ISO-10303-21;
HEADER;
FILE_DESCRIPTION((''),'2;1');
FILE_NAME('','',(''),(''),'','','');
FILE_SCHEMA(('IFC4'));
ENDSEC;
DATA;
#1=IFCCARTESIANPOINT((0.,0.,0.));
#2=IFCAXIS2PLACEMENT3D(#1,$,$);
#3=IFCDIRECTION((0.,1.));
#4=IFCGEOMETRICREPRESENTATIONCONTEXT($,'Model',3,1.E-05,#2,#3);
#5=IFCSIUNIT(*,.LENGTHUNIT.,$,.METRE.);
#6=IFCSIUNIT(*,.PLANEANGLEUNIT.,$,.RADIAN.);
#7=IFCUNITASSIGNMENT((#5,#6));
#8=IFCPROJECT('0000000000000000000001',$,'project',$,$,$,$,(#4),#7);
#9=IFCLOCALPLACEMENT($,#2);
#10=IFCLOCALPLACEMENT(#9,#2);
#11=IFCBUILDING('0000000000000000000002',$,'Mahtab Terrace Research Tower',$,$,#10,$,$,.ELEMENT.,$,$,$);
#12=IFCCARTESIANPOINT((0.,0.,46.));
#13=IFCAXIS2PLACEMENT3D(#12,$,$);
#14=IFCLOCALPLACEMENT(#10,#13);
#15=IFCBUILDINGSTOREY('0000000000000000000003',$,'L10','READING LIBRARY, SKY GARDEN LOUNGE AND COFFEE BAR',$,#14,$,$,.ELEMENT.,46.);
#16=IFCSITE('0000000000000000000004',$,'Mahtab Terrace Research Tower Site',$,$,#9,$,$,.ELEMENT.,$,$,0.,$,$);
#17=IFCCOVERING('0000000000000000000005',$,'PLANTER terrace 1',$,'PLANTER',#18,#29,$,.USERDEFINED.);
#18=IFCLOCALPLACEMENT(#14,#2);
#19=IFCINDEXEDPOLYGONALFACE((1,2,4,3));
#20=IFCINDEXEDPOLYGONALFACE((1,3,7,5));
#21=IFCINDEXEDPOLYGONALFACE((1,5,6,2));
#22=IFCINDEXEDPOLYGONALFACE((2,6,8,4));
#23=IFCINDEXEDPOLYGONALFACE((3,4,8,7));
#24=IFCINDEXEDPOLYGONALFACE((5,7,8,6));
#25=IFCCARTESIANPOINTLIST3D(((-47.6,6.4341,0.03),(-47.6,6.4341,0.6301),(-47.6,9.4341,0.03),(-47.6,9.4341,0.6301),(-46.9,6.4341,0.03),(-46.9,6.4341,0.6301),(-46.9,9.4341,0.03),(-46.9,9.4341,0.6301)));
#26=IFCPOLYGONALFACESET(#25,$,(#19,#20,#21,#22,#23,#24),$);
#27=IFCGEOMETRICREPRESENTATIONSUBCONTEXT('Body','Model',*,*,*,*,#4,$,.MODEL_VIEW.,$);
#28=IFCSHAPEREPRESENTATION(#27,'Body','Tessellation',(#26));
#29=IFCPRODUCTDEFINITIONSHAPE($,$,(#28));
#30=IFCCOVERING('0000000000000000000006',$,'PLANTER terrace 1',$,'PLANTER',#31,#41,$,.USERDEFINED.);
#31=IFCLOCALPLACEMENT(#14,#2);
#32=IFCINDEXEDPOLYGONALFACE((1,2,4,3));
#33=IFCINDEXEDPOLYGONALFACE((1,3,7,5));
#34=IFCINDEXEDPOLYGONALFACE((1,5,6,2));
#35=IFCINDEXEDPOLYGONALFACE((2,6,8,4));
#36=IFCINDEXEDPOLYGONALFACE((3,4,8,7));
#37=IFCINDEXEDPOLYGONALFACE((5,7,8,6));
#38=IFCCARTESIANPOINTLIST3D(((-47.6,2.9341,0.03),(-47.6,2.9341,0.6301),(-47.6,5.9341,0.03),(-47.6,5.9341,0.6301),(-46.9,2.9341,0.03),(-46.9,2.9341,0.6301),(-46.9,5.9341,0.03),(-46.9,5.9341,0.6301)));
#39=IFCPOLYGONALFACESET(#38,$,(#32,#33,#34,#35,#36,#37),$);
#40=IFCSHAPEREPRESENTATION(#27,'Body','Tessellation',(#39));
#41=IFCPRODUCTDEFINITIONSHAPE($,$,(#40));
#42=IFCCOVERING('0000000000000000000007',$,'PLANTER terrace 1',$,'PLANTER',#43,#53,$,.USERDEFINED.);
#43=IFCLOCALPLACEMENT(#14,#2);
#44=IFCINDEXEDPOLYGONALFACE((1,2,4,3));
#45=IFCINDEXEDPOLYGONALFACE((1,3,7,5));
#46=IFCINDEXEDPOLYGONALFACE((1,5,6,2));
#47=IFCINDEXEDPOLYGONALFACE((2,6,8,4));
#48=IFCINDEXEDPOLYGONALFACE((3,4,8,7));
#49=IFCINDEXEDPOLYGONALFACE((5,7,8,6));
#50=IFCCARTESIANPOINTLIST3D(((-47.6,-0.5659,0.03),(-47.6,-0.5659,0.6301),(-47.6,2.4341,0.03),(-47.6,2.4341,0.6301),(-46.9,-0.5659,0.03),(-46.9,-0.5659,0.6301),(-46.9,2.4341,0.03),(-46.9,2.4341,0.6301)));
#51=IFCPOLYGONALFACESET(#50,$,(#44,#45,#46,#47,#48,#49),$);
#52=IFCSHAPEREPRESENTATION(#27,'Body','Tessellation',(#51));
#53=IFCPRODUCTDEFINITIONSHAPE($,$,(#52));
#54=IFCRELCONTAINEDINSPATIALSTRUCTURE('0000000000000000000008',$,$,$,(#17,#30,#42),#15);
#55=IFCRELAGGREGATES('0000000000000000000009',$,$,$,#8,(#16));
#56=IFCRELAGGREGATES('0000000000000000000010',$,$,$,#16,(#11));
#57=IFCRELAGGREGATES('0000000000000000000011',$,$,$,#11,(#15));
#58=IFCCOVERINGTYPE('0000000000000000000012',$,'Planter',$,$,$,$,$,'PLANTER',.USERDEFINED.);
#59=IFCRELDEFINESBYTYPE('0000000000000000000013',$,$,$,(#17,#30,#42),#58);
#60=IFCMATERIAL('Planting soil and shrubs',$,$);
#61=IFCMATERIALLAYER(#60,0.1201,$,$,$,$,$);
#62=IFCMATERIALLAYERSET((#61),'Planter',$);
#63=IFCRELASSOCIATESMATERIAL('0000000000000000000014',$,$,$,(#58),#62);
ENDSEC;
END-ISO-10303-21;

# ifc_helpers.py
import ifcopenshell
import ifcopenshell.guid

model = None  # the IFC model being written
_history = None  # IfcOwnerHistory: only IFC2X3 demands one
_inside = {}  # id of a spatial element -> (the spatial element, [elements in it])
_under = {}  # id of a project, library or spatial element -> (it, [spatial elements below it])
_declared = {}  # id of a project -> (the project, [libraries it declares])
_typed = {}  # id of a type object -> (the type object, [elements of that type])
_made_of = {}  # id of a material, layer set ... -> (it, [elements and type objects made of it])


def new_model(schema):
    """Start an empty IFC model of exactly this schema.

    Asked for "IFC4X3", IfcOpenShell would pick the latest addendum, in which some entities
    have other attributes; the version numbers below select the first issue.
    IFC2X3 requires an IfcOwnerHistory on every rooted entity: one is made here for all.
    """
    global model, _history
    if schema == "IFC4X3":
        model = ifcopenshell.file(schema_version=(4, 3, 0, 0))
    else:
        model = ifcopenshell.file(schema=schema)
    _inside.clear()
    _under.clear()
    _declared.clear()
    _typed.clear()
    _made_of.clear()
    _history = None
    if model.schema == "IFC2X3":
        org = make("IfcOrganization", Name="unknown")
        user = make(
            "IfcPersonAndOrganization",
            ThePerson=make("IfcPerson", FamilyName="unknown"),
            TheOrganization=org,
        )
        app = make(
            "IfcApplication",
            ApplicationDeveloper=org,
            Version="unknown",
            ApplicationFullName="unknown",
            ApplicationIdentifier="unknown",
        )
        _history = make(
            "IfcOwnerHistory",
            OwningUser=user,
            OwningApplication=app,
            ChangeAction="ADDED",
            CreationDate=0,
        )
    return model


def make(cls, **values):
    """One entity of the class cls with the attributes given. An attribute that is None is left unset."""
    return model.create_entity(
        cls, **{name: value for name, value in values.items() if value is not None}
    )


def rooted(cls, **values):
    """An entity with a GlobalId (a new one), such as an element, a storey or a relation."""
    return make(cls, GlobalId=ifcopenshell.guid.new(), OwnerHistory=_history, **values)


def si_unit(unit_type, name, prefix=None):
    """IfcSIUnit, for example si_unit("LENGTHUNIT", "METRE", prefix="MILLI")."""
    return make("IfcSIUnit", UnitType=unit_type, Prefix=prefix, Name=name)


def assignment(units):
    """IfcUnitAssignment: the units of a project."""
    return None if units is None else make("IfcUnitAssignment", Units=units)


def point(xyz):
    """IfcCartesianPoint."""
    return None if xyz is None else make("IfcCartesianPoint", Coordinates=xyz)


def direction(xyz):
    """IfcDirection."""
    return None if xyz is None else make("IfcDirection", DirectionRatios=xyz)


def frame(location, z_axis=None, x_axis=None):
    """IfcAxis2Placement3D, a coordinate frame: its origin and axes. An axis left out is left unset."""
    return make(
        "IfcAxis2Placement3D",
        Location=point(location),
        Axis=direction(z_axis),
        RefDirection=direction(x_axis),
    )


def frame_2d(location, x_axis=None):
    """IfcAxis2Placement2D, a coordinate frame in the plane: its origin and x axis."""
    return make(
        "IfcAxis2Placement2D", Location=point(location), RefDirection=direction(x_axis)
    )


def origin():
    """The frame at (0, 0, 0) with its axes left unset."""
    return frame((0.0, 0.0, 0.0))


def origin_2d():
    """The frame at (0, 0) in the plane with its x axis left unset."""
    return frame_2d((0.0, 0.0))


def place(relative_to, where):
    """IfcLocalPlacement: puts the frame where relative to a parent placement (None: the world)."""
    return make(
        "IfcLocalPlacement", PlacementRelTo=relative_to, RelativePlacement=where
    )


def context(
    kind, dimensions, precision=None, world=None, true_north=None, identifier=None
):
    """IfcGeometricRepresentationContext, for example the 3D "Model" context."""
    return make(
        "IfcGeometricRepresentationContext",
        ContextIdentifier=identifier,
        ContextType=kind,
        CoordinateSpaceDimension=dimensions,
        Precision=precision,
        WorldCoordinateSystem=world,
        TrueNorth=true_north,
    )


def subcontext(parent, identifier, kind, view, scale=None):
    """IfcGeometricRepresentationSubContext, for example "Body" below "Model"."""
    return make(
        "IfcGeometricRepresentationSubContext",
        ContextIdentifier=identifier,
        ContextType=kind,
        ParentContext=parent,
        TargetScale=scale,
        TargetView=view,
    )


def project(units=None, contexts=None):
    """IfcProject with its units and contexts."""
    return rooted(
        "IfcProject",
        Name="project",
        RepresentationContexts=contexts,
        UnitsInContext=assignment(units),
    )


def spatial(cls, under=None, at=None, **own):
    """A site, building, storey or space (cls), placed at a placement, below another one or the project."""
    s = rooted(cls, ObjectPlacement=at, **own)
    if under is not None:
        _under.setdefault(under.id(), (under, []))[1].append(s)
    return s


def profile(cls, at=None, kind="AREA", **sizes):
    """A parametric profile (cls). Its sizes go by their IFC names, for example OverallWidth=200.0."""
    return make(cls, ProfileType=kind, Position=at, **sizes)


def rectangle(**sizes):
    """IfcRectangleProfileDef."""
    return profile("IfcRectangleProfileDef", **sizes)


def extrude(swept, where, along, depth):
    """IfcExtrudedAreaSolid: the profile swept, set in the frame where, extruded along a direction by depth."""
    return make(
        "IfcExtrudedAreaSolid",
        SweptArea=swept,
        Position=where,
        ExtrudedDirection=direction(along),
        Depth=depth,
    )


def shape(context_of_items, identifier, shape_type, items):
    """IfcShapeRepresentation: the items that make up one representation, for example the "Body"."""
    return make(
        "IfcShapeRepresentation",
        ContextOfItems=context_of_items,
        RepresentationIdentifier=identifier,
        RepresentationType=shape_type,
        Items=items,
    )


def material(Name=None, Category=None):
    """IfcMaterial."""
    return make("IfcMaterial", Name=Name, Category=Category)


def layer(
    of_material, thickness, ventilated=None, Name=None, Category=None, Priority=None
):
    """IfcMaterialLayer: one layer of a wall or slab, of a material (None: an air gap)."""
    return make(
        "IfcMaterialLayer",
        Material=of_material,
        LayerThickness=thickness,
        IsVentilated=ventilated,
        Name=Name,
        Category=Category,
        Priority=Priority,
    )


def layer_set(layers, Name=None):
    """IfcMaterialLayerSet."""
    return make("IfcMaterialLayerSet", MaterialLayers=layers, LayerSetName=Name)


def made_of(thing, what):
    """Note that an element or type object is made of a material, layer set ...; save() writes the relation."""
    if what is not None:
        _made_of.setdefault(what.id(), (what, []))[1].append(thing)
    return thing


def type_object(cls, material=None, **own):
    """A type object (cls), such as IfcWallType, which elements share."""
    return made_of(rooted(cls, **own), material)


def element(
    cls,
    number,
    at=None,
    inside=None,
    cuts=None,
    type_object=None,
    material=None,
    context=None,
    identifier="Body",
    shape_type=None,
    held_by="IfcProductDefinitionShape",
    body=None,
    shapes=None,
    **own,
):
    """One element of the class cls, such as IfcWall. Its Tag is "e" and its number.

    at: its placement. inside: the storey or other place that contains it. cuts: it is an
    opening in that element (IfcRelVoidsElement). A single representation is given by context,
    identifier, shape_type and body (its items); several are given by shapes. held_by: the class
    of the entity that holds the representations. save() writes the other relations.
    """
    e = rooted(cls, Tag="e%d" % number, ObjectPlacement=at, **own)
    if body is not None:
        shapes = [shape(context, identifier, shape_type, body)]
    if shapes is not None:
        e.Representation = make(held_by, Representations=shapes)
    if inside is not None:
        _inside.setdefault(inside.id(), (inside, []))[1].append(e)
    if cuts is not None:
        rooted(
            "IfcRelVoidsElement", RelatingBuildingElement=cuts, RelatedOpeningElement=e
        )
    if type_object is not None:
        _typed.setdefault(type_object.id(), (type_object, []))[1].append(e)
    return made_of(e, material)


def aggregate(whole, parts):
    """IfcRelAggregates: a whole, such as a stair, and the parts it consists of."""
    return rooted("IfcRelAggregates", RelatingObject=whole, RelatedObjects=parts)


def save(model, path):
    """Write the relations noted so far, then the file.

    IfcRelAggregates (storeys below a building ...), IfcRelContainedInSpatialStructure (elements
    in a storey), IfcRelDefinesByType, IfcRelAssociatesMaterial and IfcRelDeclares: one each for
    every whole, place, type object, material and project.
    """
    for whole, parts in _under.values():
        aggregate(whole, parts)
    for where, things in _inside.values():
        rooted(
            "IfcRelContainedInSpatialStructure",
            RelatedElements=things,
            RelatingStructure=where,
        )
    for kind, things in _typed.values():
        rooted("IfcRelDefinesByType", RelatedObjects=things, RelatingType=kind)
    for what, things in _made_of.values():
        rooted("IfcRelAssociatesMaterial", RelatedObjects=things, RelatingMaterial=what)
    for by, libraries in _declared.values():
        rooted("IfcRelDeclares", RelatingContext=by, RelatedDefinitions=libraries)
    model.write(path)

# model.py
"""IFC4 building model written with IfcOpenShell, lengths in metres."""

from ifc_helpers import new_model, si_unit, direction, frame, origin, origin_2d, place, context, subcontext, project, spatial, rectangle, extrude, material, layer, layer_set, type_object, element, save


model = new_model("IFC4")

# Units and contexts
model_context = context("Model", 3, precision=1e-05, world=origin(), true_north=direction((0.0, 1.0)))
body_context = subcontext(model_context, "Body", "Model", "MODEL_VIEW")
ifc_project = project(units=[si_unit("LENGTHUNIT", "METRE"), si_unit("PLANEANGLEUNIT", "RADIAN")], contexts=[model_context])

# Site, building, storey
site_placement = place(None, origin())
site = spatial("IfcSite", under=ifc_project, at=site_placement, Name="Mahtab Terrace Research Tower Site", CompositionType="ELEMENT", RefElevation=0.0)
building_placement = place(site_placement, origin())
building = spatial("IfcBuilding", under=site, at=building_placement, Name="Mahtab Terrace Research Tower", CompositionType="ELEMENT")
storey_placement = place(building_placement, frame((0.0, 0.0, 46.0)))
storey = spatial("IfcBuildingStorey", under=building, at=storey_placement, Name="L10", Description="READING LIBRARY, SKY GARDEN LOUNGE AND COFFEE BAR", CompositionType="ELEMENT", Elevation=46.0)

# Coverings
ifc_material_1 = material(Name="Planting soil and shrubs")
ifc_layer_1 = layer(ifc_material_1, 0.1201)
ifc_layer_set_1 = layer_set([ifc_layer_1], Name="Planter")
covering_type_1 = type_object("IfcCoveringType", Name="Planter", ElementType="PLANTER", PredefinedType="USERDEFINED", material=ifc_layer_set_1)
for number, where, z_axis, x_axis, name in (
    (1, (-47.25, 7.9341, 0.03), (0.0, 0.0, 1.0), (0.0, -1.0, 0.0), "PLANTER terrace 1"),
    (2, (-47.25, 4.4341, 0.03), (0.0, 0.0, 1.0), (0.0, -1.0, 0.0), "PLANTER terrace 1"),
    (3, (-47.25, 0.9341, 0.03), (0.0, 0.0, 1.0), (0.0, -1.0, 0.0), "PLANTER terrace 1"),
):
    element("IfcCovering", number, at=place(storey_placement, frame(where, z_axis=z_axis, x_axis=x_axis)), inside=storey, type_object=covering_type_1, Name=name, ObjectType="PLANTER", PredefinedType="USERDEFINED", context=body_context, shape_type="SweptSolid", body=[
        extrude(rectangle(XDim=3.0, YDim=0.7, at=origin_2d()), origin(), (0.0, 0.0, 1.0), 0.6001),
    ])

save(model, "model.ifc")
